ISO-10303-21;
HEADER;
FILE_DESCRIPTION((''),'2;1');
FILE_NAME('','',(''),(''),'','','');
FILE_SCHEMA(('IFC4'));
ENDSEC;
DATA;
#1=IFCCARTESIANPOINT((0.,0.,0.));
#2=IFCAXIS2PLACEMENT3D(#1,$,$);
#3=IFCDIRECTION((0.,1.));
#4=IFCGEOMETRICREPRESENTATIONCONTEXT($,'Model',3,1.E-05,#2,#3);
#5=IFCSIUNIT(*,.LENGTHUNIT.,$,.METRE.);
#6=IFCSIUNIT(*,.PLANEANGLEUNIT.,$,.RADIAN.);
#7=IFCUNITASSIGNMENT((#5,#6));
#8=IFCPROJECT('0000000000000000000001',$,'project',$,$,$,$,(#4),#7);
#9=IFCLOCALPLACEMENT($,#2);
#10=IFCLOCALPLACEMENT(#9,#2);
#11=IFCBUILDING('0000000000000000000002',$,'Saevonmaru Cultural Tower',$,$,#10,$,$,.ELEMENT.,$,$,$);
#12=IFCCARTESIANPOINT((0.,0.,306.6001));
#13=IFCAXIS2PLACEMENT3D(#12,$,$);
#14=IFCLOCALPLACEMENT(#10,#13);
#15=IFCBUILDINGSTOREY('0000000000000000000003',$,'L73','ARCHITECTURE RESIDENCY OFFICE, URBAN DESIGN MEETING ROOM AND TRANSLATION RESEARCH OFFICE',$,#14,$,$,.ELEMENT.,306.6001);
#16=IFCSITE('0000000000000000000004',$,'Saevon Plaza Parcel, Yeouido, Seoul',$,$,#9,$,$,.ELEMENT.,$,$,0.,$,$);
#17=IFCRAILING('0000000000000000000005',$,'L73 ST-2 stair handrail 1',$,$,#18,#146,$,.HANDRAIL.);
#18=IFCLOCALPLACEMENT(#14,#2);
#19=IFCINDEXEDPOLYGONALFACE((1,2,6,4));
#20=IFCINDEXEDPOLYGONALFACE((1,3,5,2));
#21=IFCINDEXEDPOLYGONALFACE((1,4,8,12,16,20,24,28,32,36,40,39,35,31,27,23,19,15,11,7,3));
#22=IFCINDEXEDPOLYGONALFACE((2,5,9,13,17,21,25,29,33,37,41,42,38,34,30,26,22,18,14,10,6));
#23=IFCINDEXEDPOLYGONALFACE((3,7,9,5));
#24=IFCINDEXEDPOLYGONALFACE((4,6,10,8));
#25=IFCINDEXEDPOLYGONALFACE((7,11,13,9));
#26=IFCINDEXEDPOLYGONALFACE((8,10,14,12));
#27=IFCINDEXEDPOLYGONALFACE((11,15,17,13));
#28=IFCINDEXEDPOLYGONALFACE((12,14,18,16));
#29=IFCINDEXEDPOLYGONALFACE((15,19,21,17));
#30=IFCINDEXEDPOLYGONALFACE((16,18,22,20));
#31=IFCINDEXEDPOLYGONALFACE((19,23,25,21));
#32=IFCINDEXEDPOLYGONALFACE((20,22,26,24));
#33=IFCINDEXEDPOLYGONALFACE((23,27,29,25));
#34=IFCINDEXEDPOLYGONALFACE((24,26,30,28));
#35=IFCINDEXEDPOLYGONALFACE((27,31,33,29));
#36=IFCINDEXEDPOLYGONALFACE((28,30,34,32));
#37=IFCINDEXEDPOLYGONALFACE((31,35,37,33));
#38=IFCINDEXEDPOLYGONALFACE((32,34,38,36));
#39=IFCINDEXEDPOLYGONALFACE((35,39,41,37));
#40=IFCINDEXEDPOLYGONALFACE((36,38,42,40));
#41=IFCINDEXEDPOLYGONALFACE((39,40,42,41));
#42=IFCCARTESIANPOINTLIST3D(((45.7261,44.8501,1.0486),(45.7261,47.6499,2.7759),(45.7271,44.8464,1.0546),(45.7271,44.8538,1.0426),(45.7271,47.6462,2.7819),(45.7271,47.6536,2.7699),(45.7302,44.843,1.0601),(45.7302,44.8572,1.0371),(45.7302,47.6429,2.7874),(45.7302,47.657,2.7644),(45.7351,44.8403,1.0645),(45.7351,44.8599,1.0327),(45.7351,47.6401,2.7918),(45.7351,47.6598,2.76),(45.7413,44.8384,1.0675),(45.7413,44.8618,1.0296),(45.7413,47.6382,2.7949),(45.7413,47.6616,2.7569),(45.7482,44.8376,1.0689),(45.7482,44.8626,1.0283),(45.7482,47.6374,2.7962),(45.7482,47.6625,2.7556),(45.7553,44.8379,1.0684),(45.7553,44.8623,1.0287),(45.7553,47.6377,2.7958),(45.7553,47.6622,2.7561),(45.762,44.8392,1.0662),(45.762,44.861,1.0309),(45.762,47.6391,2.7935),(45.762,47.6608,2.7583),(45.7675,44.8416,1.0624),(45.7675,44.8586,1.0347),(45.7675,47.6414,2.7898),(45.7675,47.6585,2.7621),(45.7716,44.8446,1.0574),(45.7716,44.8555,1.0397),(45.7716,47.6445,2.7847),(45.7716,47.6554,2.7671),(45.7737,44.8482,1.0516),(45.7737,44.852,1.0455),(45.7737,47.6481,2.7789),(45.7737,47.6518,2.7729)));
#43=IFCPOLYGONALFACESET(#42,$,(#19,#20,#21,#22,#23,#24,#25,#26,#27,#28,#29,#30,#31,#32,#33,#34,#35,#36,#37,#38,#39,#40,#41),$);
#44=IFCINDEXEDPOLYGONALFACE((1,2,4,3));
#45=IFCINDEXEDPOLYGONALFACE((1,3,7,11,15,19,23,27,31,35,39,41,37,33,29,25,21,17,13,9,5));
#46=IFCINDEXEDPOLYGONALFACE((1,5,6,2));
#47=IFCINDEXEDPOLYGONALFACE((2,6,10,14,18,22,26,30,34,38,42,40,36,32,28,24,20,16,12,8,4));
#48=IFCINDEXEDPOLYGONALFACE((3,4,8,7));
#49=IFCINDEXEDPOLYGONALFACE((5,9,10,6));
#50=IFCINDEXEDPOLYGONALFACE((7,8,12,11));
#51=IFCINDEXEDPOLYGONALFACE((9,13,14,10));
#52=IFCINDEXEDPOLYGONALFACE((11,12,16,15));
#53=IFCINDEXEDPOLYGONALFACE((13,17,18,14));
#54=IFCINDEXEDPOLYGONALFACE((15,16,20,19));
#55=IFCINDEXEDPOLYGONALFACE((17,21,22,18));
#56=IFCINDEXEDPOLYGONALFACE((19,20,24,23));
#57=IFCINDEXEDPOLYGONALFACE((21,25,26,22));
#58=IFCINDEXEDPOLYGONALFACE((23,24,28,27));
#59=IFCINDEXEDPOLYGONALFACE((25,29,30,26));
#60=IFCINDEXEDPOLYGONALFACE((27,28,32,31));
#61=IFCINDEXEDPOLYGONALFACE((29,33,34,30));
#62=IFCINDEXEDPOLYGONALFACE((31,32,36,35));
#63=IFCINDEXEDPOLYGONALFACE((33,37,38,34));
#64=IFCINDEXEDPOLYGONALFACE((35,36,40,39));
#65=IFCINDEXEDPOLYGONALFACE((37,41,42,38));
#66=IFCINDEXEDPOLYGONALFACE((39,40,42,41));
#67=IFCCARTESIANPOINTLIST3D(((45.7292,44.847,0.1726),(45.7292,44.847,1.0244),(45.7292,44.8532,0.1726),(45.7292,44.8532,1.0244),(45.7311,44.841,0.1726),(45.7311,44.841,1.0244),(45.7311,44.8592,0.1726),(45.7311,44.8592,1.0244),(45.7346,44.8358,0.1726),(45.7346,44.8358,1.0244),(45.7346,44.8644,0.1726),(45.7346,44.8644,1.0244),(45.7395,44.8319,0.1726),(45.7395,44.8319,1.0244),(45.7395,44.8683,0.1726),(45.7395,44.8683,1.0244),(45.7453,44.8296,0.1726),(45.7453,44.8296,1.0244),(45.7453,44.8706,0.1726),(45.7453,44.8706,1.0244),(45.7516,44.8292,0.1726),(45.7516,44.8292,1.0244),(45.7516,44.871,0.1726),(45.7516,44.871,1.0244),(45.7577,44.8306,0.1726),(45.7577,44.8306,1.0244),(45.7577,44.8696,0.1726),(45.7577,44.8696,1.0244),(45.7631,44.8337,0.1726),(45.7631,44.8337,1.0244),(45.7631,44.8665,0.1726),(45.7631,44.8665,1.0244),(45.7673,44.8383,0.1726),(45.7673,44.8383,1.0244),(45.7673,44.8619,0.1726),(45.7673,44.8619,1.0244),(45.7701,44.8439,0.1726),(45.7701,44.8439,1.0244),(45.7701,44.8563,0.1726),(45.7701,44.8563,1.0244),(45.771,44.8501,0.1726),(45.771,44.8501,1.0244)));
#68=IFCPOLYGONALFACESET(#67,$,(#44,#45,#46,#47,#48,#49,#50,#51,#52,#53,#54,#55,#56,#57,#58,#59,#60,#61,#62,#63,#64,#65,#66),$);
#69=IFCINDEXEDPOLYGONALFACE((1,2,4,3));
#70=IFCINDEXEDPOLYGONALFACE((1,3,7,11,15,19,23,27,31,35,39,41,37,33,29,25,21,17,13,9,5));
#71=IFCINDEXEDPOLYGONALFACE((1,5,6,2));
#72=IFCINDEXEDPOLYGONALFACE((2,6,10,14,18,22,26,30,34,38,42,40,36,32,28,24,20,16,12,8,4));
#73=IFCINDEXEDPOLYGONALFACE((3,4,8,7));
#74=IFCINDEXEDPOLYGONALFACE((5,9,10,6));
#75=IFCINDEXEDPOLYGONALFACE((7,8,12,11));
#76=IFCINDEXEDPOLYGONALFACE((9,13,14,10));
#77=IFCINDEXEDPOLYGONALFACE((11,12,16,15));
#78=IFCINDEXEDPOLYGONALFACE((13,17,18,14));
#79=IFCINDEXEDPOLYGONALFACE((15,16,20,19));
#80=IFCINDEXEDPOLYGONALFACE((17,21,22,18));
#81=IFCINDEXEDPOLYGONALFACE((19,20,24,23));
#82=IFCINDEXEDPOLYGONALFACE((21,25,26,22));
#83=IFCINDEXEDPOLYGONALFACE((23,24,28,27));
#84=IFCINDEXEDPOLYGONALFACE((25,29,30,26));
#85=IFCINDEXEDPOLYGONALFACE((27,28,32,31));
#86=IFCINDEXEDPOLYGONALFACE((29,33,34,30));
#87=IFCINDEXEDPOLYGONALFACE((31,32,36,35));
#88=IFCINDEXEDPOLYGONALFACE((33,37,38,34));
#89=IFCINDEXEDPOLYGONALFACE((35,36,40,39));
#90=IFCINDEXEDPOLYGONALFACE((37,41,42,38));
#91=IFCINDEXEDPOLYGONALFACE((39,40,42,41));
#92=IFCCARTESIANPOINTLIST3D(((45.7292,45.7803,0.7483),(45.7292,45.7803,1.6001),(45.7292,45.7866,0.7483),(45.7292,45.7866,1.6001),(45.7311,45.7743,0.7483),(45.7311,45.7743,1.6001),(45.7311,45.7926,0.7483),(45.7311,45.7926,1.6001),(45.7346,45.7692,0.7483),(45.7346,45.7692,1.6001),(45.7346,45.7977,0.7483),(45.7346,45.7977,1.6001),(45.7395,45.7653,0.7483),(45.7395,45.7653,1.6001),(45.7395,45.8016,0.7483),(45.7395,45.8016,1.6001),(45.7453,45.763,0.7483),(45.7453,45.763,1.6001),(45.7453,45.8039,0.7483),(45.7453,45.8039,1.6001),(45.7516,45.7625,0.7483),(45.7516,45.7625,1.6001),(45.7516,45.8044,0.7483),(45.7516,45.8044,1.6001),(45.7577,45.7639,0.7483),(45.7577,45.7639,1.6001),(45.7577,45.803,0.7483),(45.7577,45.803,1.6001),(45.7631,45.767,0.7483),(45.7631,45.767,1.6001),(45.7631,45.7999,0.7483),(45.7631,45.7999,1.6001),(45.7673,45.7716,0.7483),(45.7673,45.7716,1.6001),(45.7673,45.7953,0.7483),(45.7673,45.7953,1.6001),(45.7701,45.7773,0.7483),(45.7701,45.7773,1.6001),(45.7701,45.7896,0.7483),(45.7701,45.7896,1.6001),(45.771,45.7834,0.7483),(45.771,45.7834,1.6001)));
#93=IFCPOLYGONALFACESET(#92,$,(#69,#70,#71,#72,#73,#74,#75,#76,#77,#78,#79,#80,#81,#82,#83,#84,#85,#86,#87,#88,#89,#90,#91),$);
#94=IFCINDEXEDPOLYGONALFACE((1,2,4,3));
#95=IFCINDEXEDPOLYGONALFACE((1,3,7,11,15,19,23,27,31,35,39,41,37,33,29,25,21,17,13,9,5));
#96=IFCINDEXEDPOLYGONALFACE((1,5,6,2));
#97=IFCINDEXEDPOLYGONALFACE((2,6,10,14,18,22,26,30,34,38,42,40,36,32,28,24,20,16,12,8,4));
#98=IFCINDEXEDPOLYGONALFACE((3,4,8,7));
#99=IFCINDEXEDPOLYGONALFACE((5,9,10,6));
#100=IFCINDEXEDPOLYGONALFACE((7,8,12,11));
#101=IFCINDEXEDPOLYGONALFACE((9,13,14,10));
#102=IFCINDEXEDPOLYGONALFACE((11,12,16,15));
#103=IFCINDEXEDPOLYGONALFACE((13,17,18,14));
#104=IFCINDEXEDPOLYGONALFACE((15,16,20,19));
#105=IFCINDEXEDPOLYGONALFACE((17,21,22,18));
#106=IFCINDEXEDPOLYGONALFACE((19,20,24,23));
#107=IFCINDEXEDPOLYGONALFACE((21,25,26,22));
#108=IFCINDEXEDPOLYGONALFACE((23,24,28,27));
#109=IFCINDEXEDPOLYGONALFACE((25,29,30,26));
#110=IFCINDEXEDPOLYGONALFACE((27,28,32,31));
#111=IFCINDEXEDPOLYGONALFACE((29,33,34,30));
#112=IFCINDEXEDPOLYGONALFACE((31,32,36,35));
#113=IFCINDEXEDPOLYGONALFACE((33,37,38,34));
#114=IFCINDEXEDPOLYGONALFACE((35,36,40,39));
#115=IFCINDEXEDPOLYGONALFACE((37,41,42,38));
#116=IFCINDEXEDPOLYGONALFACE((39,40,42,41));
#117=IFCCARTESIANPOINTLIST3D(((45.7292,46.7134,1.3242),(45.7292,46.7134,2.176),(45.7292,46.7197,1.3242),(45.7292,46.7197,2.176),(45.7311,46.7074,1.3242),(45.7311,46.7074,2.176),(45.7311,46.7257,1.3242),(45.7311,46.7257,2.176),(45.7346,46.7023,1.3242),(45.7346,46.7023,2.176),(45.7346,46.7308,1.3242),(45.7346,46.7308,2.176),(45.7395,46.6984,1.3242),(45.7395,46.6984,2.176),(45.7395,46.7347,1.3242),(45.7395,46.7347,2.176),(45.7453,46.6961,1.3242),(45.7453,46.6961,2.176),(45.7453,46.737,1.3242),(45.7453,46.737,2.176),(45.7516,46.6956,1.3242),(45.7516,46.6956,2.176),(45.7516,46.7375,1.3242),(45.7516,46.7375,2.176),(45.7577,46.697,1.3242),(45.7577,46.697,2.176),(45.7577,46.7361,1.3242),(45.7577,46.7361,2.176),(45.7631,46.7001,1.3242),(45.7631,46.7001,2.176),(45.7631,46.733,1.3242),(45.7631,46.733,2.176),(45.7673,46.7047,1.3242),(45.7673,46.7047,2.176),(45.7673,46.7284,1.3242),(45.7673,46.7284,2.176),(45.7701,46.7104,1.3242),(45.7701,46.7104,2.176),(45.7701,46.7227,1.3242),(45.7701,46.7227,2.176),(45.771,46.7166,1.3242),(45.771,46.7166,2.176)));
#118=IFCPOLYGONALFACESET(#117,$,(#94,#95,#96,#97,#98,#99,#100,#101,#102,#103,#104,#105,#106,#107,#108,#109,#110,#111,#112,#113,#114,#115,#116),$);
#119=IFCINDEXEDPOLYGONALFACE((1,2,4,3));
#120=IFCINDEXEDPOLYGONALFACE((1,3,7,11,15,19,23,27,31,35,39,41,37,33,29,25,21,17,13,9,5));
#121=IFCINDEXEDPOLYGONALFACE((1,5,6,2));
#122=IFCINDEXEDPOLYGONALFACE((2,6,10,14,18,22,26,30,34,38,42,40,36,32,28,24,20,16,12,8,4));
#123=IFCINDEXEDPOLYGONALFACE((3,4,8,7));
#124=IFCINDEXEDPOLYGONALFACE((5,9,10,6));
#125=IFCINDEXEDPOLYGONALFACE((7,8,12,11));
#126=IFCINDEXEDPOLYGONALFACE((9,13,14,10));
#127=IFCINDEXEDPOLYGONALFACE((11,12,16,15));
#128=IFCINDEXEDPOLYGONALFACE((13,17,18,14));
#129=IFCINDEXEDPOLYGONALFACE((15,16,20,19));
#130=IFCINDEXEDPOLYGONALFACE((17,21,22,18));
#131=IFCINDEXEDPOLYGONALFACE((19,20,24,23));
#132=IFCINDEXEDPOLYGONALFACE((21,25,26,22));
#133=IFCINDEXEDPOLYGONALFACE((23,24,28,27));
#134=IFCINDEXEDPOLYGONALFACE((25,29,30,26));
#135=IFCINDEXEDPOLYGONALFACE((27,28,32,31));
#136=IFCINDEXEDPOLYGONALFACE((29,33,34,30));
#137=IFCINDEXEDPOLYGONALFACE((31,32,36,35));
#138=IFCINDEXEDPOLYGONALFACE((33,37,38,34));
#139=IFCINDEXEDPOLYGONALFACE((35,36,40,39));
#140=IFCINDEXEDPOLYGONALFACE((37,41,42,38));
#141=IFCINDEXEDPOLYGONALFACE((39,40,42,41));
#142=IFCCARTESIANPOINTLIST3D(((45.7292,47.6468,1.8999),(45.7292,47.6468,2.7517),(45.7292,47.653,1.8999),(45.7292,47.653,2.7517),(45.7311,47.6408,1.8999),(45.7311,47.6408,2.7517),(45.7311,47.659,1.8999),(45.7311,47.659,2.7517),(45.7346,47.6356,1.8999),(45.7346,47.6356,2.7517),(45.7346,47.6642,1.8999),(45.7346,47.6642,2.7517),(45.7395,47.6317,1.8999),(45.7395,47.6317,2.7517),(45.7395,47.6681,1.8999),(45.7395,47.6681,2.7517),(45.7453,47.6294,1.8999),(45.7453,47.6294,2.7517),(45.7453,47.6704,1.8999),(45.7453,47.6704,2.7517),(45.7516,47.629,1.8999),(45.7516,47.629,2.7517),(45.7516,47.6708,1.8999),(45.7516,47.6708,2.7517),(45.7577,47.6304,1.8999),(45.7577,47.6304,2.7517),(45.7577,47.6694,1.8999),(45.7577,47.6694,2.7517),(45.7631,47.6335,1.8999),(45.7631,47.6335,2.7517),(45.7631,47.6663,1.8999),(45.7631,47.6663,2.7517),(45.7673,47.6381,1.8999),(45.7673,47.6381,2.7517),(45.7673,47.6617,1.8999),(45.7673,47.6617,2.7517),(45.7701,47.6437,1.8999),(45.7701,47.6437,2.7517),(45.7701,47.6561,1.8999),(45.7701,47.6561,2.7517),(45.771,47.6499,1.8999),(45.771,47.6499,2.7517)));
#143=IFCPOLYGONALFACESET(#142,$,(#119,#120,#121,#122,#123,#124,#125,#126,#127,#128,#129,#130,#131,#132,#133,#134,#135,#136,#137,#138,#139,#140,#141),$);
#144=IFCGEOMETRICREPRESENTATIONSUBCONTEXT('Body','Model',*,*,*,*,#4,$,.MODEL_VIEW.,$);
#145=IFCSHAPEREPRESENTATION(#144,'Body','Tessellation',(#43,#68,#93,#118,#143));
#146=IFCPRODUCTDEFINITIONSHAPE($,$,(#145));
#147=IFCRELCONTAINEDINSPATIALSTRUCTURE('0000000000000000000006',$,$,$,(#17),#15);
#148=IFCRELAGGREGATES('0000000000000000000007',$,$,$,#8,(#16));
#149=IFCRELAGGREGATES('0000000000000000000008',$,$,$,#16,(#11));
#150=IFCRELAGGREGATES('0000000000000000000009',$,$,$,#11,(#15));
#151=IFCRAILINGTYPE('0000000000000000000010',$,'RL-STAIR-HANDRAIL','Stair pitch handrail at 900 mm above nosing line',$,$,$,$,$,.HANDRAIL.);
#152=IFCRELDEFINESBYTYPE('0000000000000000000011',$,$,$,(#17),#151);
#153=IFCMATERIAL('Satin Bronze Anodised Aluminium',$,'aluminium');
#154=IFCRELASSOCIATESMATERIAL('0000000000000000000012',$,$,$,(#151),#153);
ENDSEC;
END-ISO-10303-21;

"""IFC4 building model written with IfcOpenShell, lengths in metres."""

from ifc_helpers import new_model, si_unit, direction, frame, origin, origin_2d, place, context, subcontext, project, spatial, circle, extrude, material, type_object, element, save


model = new_model("IFC4")

# Units and contexts
model_context = context("Model", 3, precision=1e-05, world=origin(), true_north=direction((0.0, 1.0)))
body_context = subcontext(model_context, "Body", "Model", "MODEL_VIEW")
ifc_project = project(units=[si_unit("LENGTHUNIT", "METRE"), si_unit("PLANEANGLEUNIT", "RADIAN")], contexts=[model_context])

# Site, building, storey
site_placement = place(None, origin())
site = spatial("IfcSite", under=ifc_project, at=site_placement, Name="Saevon Plaza Parcel, Yeouido, Seoul", CompositionType="ELEMENT", RefElevation=0.0)
building_placement = place(site_placement, origin())
building = spatial("IfcBuilding", under=site, at=building_placement, Name="Saevonmaru Cultural Tower", CompositionType="ELEMENT")
storey_placement = place(building_placement, frame((0.0, 0.0, 306.6001)))
storey = spatial("IfcBuildingStorey", under=building, at=storey_placement, Name="L73", Description="ARCHITECTURE RESIDENCY OFFICE, URBAN DESIGN MEETING ROOM AND TRANSLATION RESEARCH OFFICE", CompositionType="ELEMENT", Elevation=306.6001)

# Shared definitions
ifc_material_1 = material(Name="Satin Bronze Anodised Aluminium", Category="aluminium")

# Railing
railing_type = type_object("IfcRailingType", Name="RL-STAIR-HANDRAIL", Description="Stair pitch handrail at 900 mm above nosing line", PredefinedType="HANDRAIL", material=ifc_material_1)
railing_placement = place(storey_placement, frame((45.75, 44.8501, 0.1726)))
element("IfcRailing", 1, at=railing_placement, inside=storey, type_object=railing_type, Name="L73 ST-2 stair handrail 1", PredefinedType="HANDRAIL", context=body_context, shape_type="SweptSolid", body=[
    extrude(circle(Radius=0.0239, at=origin_2d()), frame((0.0, 0.0, 0.876), z_axis=(0.0, 0.851069, 0.525054), x_axis=(-1.0, 0.0, 0.0)), (0.0, 0.0, 1.0), 3.2898),
    extrude(circle(Radius=0.021, at=origin_2d()), origin(), (0.0, 0.0, 1.0), 0.8518),
    extrude(circle(Radius=0.021, at=origin_2d()), frame((0.0, 0.9333, 0.5757)), (0.0, 0.0, 1.0), 0.8518),
    extrude(circle(Radius=0.021, at=origin_2d()), frame((0.0, 1.8665, 1.1516)), (0.0, 0.0, 1.0), 0.8518),
    extrude(circle(Radius=0.021, at=origin_2d()), frame((0.0, 2.7998, 1.7273)), (0.0, 0.0, 1.0), 0.8518),
])

save(model, "model.ifc")
